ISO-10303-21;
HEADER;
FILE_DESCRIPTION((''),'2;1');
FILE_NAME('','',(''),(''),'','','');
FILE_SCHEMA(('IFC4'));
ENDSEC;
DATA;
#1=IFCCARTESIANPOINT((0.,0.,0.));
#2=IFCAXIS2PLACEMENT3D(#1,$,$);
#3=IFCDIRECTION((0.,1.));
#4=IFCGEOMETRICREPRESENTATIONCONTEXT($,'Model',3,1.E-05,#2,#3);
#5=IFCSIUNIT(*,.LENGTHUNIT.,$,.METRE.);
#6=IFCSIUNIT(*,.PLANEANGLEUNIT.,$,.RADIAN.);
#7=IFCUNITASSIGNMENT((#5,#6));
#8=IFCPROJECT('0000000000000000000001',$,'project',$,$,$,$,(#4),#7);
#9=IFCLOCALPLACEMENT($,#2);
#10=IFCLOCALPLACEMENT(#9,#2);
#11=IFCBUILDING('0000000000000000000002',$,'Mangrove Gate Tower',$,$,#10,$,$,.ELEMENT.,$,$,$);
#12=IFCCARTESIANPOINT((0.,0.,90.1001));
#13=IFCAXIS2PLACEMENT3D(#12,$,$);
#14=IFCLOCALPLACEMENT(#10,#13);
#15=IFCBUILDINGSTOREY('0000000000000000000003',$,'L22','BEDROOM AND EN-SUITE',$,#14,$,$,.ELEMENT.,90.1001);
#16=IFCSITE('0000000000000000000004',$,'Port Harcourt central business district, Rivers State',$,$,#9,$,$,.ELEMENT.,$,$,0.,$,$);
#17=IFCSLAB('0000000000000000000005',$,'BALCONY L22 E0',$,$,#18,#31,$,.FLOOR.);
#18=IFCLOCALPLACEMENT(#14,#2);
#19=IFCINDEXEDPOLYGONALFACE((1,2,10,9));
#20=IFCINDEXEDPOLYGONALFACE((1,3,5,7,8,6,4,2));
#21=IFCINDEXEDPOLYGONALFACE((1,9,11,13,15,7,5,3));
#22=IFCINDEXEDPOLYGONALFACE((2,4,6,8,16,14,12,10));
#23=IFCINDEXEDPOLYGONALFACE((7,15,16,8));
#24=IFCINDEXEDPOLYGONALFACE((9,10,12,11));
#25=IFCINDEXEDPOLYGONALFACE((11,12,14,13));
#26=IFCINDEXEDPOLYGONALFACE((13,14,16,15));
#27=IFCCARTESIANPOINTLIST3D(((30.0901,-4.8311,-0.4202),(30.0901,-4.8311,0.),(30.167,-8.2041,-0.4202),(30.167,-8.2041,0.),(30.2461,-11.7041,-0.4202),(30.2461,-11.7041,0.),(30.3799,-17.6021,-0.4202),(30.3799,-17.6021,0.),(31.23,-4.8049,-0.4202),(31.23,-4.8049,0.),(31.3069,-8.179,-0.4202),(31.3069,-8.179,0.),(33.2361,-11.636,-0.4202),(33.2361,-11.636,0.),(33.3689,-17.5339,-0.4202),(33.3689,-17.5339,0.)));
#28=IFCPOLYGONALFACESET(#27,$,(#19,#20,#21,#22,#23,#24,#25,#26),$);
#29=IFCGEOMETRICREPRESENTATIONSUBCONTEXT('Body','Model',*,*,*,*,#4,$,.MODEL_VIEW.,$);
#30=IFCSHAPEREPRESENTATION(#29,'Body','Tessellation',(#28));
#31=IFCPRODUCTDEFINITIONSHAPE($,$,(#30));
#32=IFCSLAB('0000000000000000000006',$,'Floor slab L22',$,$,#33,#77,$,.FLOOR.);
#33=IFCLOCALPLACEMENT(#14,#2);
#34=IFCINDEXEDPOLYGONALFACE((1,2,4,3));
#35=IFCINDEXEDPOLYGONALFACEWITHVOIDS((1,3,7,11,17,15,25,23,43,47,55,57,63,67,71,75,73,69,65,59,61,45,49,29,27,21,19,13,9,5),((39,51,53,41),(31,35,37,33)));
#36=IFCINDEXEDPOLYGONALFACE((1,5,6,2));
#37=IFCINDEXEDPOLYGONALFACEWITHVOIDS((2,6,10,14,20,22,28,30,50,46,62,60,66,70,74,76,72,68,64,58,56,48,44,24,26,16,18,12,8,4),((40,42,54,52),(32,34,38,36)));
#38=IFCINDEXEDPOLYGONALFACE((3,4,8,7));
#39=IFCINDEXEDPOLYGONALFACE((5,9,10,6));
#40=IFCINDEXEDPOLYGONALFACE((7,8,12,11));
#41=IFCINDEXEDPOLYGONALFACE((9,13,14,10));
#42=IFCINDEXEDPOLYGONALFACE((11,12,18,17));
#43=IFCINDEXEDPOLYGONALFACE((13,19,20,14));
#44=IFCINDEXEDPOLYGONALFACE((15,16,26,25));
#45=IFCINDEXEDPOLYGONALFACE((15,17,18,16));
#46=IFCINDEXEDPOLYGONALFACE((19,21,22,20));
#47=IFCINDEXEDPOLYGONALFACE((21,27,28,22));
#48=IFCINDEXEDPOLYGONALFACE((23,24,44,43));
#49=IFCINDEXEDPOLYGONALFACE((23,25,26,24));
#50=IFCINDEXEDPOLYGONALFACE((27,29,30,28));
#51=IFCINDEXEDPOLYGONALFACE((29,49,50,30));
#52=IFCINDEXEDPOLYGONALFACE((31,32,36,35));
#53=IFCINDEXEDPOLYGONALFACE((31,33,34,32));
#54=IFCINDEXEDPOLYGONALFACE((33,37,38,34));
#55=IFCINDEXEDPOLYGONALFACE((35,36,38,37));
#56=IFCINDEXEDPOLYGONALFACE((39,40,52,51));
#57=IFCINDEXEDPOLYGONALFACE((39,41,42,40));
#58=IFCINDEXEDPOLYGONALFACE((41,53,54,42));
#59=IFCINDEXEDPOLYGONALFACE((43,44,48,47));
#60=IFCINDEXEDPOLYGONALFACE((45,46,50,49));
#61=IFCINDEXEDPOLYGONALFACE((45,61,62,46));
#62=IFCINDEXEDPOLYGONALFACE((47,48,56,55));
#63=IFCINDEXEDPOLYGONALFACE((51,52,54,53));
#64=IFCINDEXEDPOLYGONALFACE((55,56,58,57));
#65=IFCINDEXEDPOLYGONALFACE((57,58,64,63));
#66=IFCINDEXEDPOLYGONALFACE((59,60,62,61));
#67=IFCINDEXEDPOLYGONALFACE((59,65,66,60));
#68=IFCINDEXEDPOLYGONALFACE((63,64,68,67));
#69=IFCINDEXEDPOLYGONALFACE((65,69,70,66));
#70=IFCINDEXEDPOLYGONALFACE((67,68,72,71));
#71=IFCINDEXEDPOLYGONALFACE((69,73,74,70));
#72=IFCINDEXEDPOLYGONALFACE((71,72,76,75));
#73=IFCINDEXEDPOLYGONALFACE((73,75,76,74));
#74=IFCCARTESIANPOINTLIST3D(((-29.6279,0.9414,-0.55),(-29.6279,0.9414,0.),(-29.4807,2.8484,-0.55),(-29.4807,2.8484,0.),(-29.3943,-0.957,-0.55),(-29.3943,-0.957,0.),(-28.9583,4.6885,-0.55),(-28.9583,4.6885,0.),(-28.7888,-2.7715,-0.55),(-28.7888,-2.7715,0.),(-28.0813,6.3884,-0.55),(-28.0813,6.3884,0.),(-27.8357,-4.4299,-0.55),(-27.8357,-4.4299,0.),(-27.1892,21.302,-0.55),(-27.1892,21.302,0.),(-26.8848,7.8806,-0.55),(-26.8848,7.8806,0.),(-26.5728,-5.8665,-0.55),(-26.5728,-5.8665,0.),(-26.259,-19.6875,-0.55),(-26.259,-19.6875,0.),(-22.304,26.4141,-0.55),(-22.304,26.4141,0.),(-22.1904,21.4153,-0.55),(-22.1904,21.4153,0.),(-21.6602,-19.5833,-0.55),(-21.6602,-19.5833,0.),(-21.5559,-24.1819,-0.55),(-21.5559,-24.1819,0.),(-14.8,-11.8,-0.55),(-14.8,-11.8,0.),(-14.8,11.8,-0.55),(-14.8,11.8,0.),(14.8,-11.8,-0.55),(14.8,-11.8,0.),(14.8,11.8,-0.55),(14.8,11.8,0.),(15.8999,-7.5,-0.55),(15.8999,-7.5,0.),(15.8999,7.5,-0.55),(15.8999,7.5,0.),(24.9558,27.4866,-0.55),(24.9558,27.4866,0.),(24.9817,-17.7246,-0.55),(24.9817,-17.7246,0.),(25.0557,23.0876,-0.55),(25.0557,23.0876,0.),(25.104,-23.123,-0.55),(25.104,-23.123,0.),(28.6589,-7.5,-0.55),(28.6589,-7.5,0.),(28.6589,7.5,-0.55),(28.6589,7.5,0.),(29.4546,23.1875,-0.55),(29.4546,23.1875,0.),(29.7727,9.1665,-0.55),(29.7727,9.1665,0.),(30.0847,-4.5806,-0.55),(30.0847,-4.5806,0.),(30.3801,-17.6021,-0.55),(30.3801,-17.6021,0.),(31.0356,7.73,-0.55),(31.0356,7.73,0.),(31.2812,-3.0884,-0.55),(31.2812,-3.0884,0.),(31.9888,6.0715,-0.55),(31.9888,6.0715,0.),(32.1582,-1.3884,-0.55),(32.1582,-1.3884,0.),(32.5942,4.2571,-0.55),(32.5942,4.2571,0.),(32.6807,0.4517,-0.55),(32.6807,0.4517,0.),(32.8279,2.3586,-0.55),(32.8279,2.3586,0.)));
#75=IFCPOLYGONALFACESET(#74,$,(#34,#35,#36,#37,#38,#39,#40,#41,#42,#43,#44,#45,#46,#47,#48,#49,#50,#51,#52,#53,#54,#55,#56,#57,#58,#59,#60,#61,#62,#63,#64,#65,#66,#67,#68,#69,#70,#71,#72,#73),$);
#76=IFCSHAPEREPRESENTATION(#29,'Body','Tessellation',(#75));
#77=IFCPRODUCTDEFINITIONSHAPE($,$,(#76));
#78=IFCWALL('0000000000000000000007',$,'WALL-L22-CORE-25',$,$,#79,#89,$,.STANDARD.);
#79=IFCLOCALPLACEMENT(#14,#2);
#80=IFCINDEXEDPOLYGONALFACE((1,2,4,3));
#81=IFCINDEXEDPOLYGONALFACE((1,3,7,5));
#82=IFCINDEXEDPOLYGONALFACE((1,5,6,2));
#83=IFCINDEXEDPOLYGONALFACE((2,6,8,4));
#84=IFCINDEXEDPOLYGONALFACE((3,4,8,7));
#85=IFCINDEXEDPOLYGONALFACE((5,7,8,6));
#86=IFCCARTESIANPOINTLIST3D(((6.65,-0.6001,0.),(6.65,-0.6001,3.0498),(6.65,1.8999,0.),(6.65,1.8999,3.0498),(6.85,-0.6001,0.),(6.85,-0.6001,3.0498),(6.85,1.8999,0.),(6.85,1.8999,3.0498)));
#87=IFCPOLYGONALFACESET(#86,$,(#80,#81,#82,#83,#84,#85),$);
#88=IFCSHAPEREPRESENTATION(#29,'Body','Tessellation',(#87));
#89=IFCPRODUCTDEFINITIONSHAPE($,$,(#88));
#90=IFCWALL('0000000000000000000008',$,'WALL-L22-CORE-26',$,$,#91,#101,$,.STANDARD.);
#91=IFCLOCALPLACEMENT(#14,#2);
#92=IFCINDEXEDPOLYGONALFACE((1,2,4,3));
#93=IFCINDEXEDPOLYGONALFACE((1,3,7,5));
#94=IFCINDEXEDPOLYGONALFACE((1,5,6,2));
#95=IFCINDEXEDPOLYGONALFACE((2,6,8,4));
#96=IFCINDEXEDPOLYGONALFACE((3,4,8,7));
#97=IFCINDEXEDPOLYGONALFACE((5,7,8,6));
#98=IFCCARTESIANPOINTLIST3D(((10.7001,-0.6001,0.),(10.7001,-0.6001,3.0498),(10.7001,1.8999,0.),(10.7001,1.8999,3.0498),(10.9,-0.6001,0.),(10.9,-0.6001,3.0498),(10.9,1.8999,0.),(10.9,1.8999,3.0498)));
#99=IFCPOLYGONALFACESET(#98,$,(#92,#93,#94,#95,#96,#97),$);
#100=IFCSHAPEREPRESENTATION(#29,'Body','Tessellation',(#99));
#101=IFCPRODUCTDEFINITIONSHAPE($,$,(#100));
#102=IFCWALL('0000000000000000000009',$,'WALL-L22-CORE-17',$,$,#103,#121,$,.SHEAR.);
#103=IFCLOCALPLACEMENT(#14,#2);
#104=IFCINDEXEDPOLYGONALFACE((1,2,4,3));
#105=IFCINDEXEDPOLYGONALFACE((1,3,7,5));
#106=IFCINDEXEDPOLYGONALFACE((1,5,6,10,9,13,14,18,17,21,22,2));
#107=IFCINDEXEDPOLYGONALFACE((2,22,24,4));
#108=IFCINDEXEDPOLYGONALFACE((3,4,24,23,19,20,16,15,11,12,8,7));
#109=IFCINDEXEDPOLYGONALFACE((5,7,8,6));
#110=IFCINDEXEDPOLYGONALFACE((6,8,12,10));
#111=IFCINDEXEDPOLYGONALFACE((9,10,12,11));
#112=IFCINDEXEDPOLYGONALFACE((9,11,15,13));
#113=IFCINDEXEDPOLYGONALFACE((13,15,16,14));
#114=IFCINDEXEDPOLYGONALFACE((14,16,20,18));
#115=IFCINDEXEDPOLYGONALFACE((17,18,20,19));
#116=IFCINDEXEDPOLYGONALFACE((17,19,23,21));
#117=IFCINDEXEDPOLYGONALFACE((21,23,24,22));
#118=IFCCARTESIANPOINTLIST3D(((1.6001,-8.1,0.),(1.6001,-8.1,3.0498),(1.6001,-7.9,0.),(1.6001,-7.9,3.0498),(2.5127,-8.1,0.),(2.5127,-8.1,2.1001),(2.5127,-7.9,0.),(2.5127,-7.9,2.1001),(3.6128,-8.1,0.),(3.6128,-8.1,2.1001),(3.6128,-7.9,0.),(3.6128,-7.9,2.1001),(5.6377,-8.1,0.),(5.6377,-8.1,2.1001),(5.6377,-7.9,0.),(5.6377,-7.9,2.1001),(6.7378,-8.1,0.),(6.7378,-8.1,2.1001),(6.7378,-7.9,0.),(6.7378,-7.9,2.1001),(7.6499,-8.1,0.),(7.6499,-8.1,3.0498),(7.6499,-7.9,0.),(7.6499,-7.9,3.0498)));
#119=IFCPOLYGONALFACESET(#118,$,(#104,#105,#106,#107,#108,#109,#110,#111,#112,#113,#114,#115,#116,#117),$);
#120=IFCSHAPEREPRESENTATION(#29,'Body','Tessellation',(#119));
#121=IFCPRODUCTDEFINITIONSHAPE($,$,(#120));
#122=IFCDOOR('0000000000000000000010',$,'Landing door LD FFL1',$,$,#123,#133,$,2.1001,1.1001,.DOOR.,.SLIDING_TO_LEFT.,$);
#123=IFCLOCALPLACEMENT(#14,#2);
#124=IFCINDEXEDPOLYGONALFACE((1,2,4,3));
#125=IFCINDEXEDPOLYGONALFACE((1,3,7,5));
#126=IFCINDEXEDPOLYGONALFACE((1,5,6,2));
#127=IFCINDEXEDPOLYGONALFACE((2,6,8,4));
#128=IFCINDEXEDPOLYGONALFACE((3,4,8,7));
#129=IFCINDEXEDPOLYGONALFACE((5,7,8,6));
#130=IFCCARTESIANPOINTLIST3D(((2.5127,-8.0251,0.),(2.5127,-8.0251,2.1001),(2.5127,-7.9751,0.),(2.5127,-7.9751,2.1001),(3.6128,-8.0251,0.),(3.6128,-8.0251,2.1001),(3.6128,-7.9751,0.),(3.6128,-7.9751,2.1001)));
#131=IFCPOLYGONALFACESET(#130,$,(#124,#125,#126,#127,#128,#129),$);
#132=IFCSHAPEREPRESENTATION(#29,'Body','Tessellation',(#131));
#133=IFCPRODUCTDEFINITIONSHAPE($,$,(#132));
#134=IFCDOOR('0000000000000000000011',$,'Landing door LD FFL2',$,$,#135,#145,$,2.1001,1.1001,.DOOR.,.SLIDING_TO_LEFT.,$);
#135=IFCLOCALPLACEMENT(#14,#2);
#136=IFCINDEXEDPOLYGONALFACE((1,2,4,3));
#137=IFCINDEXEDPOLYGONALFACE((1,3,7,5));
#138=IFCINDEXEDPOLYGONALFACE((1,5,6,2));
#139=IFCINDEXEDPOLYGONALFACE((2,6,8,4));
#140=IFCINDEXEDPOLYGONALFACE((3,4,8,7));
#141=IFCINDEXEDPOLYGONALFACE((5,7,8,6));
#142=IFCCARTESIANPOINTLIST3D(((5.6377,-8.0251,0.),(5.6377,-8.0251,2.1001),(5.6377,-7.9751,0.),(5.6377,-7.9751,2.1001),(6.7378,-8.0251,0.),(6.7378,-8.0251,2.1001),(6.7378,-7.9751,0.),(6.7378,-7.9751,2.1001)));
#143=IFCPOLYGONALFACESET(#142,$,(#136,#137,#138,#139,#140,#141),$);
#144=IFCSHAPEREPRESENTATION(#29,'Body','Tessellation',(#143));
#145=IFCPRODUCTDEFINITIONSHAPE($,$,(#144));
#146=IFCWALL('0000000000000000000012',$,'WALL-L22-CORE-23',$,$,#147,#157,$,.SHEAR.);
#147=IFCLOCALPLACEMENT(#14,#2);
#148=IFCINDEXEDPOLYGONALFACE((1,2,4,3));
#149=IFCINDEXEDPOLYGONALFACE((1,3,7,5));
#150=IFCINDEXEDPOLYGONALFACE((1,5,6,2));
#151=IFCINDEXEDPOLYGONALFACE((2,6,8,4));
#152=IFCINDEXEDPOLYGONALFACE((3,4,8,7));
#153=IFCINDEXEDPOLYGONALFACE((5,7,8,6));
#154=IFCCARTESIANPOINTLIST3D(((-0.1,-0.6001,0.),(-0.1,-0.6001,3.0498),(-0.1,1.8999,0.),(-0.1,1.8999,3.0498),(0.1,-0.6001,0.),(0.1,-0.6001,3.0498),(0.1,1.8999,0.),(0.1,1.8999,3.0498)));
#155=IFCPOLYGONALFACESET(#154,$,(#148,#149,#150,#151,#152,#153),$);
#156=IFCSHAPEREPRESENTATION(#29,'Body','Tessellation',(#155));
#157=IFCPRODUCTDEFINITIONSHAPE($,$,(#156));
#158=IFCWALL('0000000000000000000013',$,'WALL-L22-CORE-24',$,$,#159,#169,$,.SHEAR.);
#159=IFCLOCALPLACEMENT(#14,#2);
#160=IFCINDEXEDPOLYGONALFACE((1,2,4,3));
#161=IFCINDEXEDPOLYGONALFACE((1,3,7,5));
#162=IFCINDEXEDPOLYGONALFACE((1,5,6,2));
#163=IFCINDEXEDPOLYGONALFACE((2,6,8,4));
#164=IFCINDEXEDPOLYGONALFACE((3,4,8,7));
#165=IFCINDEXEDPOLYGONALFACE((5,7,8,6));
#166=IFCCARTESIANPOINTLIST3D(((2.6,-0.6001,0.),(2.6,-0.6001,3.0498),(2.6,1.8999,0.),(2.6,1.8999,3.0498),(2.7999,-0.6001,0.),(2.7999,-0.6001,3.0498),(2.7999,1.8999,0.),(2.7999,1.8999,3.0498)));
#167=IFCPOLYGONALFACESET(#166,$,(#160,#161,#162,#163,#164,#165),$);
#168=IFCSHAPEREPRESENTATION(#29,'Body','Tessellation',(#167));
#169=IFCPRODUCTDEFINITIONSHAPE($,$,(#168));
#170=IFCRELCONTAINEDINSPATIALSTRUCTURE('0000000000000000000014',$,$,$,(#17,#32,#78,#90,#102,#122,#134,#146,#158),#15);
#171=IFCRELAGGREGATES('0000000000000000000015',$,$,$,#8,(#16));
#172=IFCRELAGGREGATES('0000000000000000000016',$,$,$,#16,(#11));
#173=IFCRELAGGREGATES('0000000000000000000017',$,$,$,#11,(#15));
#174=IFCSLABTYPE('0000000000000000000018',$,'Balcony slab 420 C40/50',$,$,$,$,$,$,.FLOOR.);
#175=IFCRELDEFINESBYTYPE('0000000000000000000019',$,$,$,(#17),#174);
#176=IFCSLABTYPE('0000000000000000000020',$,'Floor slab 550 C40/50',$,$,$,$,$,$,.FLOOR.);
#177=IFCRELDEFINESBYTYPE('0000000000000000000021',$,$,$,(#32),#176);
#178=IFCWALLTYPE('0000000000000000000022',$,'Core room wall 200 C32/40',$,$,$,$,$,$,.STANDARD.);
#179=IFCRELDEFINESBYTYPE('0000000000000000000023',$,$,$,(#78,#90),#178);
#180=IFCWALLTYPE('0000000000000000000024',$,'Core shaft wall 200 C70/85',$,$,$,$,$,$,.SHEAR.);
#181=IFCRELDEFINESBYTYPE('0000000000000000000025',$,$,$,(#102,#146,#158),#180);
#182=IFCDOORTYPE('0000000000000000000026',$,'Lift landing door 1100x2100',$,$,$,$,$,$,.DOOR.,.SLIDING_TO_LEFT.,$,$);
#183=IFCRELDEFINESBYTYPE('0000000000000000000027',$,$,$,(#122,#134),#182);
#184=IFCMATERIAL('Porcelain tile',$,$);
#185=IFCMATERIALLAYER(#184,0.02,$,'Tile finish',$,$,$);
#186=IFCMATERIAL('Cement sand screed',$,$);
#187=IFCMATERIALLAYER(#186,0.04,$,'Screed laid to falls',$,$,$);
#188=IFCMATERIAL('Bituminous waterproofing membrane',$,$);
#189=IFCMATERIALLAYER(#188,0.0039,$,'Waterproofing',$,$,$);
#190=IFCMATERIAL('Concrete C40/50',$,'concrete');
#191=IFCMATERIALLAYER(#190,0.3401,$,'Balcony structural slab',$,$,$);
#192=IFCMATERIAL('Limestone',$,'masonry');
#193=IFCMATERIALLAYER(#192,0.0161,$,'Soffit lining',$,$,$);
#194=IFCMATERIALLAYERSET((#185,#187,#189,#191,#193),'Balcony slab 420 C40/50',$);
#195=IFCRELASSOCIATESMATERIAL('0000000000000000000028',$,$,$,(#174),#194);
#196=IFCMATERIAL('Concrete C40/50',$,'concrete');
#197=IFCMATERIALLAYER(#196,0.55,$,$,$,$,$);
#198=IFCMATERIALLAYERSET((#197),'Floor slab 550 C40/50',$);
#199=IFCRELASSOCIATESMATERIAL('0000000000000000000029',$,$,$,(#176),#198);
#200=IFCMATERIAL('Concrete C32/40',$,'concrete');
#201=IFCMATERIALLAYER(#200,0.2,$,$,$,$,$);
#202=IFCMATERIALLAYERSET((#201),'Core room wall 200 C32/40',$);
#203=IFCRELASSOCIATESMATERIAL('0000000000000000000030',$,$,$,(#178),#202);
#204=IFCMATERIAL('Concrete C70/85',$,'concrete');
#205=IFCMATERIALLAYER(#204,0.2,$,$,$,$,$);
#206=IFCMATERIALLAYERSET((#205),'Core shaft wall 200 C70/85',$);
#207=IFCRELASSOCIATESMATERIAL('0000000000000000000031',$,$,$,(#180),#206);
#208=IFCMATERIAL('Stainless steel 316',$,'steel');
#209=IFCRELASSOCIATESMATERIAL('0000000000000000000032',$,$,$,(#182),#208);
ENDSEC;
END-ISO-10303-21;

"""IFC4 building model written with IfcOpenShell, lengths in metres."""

from ifc_helpers import new_model, si_unit, direction, frame, frame_2d, origin, place, context, subcontext, project, spatial, polyline, rectangle, outline, extrude, material, layer, layer_set, type_object, element, fill, save


model = new_model("IFC4")

# Units and contexts
model_context = context("Model", 3, precision=1e-05, world=origin(), true_north=direction((0.0, 1.0)))
body_context = subcontext(model_context, "Body", "Model", "MODEL_VIEW")
ifc_project = project(units=[si_unit("LENGTHUNIT", "METRE"), si_unit("PLANEANGLEUNIT", "RADIAN")], contexts=[model_context])

# Site, building, storey
site_placement = place(None, origin())
site = spatial("IfcSite", under=ifc_project, at=site_placement, Name="Port Harcourt central business district, Rivers State", CompositionType="ELEMENT", RefElevation=0.0)
building_placement = place(site_placement, origin())
building = spatial("IfcBuilding", under=site, at=building_placement, Name="Mangrove Gate Tower", CompositionType="ELEMENT")
storey_placement = place(building_placement, frame((0.0, 0.0, 90.1001)))
storey = spatial("IfcBuildingStorey", under=building, at=storey_placement, Name="L22", Description="BEDROOM AND EN-SUITE", CompositionType="ELEMENT", Elevation=90.1001)

# Slabs
ifc_material_1 = material(Name="Porcelain tile")
ifc_layer_1 = layer(ifc_material_1, 0.02, Name="Tile finish")
ifc_material_2 = material(Name="Cement sand screed")
ifc_layer_2 = layer(ifc_material_2, 0.04, Name="Screed laid to falls")
ifc_material_3 = material(Name="Bituminous waterproofing membrane")
ifc_layer_3 = layer(ifc_material_3, 0.0039, Name="Waterproofing")
ifc_material_4 = material(Name="Concrete C40/50", Category="concrete")
ifc_layer_4 = layer(ifc_material_4, 0.3401, Name="Balcony structural slab")
ifc_material_5 = material(Name="Limestone", Category="masonry")
ifc_layer_5 = layer(ifc_material_5, 0.0161, Name="Soffit lining")
ifc_layer_set_1 = layer_set([ifc_layer_1, ifc_layer_2, ifc_layer_3, ifc_layer_4, ifc_layer_5], Name="Balcony slab 420 C40/50")
slab_type_1 = type_object("IfcSlabType", Name="Balcony slab 420 C40/50", PredefinedType="FLOOR", material=ifc_layer_set_1)
slab_1_placement = place(storey_placement, frame((0.0, 0.0, -0.4202)))
element("IfcSlab", 1, at=slab_1_placement, inside=storey, type_object=slab_type_1, Name="BALCONY L22 E0", PredefinedType="FLOOR", context=body_context, shape_type="SweptSolid", body=[
    extrude(outline(polyline([(33.3689, -17.5339), (33.2361, -11.636), (31.3069, -8.179), (31.23, -4.8049), (30.0901, -4.8311), (30.167, -8.2041), (30.2461, -11.7041), (30.3799, -17.6021), (33.3689, -17.5339)])), origin(), (0.0, 0.0, 1.0), 0.4202),
])
ifc_material_6 = material(Name="Concrete C40/50", Category="concrete")
ifc_layer_6 = layer(ifc_material_6, 0.55)
ifc_layer_set_2 = layer_set([ifc_layer_6], Name="Floor slab 550 C40/50")
slab_type_2 = type_object("IfcSlabType", Name="Floor slab 550 C40/50", PredefinedType="FLOOR", material=ifc_layer_set_2)
slab_2_placement = place(storey_placement, frame((0.0, 0.0, -0.55)))
element("IfcSlab", 2, at=slab_2_placement, inside=storey, type_object=slab_type_2, Name="Floor slab L22", PredefinedType="FLOOR", context=body_context, shape_type="SweptSolid", body=[
    extrude(outline(polyline([(-21.5559, -24.1819), (25.104, -23.123), (24.9817, -17.7246), (30.3801, -17.6021), (30.0847, -4.5806), (31.2812, -3.0884), (32.1582, -1.3884), (32.6807, 0.4517), (32.8279, 2.3586), (32.5942, 4.2571), (31.9888, 6.0715), (31.0356, 7.73), (29.7727, 9.1665), (29.4546, 23.1875), (25.0557, 23.0876), (24.9558, 27.4866), (-22.304, 26.4141), (-22.1904, 21.4153), (-27.1892, 21.302), (-26.8848, 7.8806), (-28.0813, 6.3884), (-28.9583, 4.6885), (-29.4807, 2.8484), (-29.6279, 0.9414), (-29.3943, -0.957), (-28.7888, -2.7715), (-27.8357, -4.4299), (-26.5728, -5.8665), (-26.259, -19.6875), (-21.6602, -19.5833), (-21.5559, -24.1819)]), holes=[polyline([(15.8999, 7.5), (28.6589, 7.5), (28.6589, -7.5), (15.8999, -7.5), (15.8999, 7.5)]), polyline([(-14.8, -11.8), (-14.8, 11.8), (14.8, 11.8), (14.8, -11.8), (-14.8, -11.8)])]), origin(), (0.0, 0.0, 1.0), 0.55),
])

# Walls
ifc_material_7 = material(Name="Concrete C32/40", Category="concrete")
ifc_layer_7 = layer(ifc_material_7, 0.2)
ifc_layer_set_3 = layer_set([ifc_layer_7], Name="Core room wall 200 C32/40")
wall_type_1 = type_object("IfcWallType", Name="Core room wall 200 C32/40", PredefinedType="STANDARD", material=ifc_layer_set_3)
for number, where, z_axis, x_axis, name in (
    (3, (6.75, -0.6001, 0.0), (0.0, 0.0, 1.0), (0.0, 1.0, 0.0), "WALL-L22-CORE-25"),
    (4, (10.8, -0.6001, 0.0), (0.0, 0.0, 1.0), (0.0, 1.0, 0.0), "WALL-L22-CORE-26"),
):
    element("IfcWall", number, at=place(storey_placement, frame(where, z_axis=z_axis, x_axis=x_axis)), inside=storey, type_object=wall_type_1, Name=name, PredefinedType="STANDARD", context=body_context, shape_type="SweptSolid", body=[
        extrude(rectangle(XDim=2.5, YDim=0.2, at=frame_2d((1.25, 0.0))), origin(), (0.0, 0.0, 1.0), 3.0498),
    ])

# Wall, openings, doors
ifc_material_8 = material(Name="Concrete C70/85", Category="concrete")
ifc_layer_8 = layer(ifc_material_8, 0.2)
ifc_layer_set_4 = layer_set([ifc_layer_8], Name="Core shaft wall 200 C70/85")
wall_type_2 = type_object("IfcWallType", Name="Core shaft wall 200 C70/85", PredefinedType="SHEAR", material=ifc_layer_set_4)
wall_placement = place(storey_placement, frame((1.6001, -8.0, 0.0), z_axis=(0.0, 0.0, 1.0), x_axis=(1.0, 0.0, 0.0)))
wall = element("IfcWall", 5, at=wall_placement, inside=storey, type_object=wall_type_2, Name="WALL-L22-CORE-17", PredefinedType="SHEAR", context=body_context, shape_type="SweptSolid", body=[
    extrude(rectangle(XDim=6.0498, YDim=0.2, at=frame_2d((3.0249, 0.0))), origin(), (0.0, 0.0, 1.0), 3.0498),
])
opening_1_placement = place(wall_placement, frame((0.9126, 0.0, 0.0)))
opening_1 = element("IfcOpeningElement", 6, at=opening_1_placement, cuts=wall, PredefinedType="OPENING", context=body_context, shape_type="SweptSolid", body=[
    extrude(rectangle(XDim=1.1001, YDim=2.1001, at=frame_2d((0.55, 1.05))), frame((0.0, 0.1099, 0.0), z_axis=(0.0, -1.0, 0.0), x_axis=(1.0, 0.0, 0.0)), (0.0, 0.0, 1.0), 0.22),
])
opening_2_placement = place(wall_placement, frame((4.0376, 0.0, 0.0)))
opening_2 = element("IfcOpeningElement", 7, at=opening_2_placement, cuts=wall, PredefinedType="OPENING", context=body_context, shape_type="SweptSolid", body=[
    extrude(rectangle(XDim=1.1001, YDim=2.1001, at=frame_2d((0.55, 1.05))), frame((0.0, 0.1099, 0.0), z_axis=(0.0, -1.0, 0.0), x_axis=(1.0, 0.0, 0.0)), (0.0, 0.0, 1.0), 0.22),
])
ifc_material_9 = material(Name="Stainless steel 316", Category="steel")
door_type = type_object("IfcDoorType", Name="Lift landing door 1100x2100", OperationType="SLIDING_TO_LEFT", PredefinedType="DOOR", material=ifc_material_9)
door_1_placement = place(opening_1_placement, origin())
door_1 = element("IfcDoor", 8, at=door_1_placement, inside=storey, type_object=door_type, Name="Landing door LD FFL1", OperationType="SLIDING_TO_LEFT", OverallHeight=2.1001, OverallWidth=1.1001, PredefinedType="DOOR", context=body_context, shape_type="SweptSolid", body=[
    extrude(rectangle(XDim=1.1001, YDim=2.1001, at=frame_2d((0.55, 1.05))), frame((0.0, 0.0249, 0.0), z_axis=(0.0, -1.0, 0.0), x_axis=(1.0, 0.0, 0.0)), (0.0, 0.0, 1.0), 0.05),
])
fill(opening_1, door_1)
door_2_placement = place(opening_2_placement, origin())
door_2 = element("IfcDoor", 9, at=door_2_placement, inside=storey, type_object=door_type, Name="Landing door LD FFL2", OperationType="SLIDING_TO_LEFT", OverallHeight=2.1001, OverallWidth=1.1001, PredefinedType="DOOR", context=body_context, shape_type="SweptSolid", body=[
    extrude(rectangle(XDim=1.1001, YDim=2.1001, at=frame_2d((0.55, 1.05))), frame((0.0, 0.0249, 0.0), z_axis=(0.0, -1.0, 0.0), x_axis=(1.0, 0.0, 0.0)), (0.0, 0.0, 1.0), 0.05),
])
fill(opening_2, door_2)

# Walls
for number, where, z_axis, x_axis, name in (
    (10, (0.0, -0.6001, 0.0), (0.0, 0.0, 1.0), (0.0, 1.0, 0.0), "WALL-L22-CORE-23"),
    (11, (2.7, -0.6001, 0.0), (0.0, 0.0, 1.0), (0.0, 1.0, 0.0), "WALL-L22-CORE-24"),
):
    element("IfcWall", number, at=place(storey_placement, frame(where, z_axis=z_axis, x_axis=x_axis)), inside=storey, type_object=wall_type_2, Name=name, PredefinedType="SHEAR", context=body_context, shape_type="SweptSolid", body=[
        extrude(rectangle(XDim=2.5, YDim=0.2, at=frame_2d((1.25, 0.0))), origin(), (0.0, 0.0, 1.0), 3.0498),
    ])

save(model, "model.ifc")
